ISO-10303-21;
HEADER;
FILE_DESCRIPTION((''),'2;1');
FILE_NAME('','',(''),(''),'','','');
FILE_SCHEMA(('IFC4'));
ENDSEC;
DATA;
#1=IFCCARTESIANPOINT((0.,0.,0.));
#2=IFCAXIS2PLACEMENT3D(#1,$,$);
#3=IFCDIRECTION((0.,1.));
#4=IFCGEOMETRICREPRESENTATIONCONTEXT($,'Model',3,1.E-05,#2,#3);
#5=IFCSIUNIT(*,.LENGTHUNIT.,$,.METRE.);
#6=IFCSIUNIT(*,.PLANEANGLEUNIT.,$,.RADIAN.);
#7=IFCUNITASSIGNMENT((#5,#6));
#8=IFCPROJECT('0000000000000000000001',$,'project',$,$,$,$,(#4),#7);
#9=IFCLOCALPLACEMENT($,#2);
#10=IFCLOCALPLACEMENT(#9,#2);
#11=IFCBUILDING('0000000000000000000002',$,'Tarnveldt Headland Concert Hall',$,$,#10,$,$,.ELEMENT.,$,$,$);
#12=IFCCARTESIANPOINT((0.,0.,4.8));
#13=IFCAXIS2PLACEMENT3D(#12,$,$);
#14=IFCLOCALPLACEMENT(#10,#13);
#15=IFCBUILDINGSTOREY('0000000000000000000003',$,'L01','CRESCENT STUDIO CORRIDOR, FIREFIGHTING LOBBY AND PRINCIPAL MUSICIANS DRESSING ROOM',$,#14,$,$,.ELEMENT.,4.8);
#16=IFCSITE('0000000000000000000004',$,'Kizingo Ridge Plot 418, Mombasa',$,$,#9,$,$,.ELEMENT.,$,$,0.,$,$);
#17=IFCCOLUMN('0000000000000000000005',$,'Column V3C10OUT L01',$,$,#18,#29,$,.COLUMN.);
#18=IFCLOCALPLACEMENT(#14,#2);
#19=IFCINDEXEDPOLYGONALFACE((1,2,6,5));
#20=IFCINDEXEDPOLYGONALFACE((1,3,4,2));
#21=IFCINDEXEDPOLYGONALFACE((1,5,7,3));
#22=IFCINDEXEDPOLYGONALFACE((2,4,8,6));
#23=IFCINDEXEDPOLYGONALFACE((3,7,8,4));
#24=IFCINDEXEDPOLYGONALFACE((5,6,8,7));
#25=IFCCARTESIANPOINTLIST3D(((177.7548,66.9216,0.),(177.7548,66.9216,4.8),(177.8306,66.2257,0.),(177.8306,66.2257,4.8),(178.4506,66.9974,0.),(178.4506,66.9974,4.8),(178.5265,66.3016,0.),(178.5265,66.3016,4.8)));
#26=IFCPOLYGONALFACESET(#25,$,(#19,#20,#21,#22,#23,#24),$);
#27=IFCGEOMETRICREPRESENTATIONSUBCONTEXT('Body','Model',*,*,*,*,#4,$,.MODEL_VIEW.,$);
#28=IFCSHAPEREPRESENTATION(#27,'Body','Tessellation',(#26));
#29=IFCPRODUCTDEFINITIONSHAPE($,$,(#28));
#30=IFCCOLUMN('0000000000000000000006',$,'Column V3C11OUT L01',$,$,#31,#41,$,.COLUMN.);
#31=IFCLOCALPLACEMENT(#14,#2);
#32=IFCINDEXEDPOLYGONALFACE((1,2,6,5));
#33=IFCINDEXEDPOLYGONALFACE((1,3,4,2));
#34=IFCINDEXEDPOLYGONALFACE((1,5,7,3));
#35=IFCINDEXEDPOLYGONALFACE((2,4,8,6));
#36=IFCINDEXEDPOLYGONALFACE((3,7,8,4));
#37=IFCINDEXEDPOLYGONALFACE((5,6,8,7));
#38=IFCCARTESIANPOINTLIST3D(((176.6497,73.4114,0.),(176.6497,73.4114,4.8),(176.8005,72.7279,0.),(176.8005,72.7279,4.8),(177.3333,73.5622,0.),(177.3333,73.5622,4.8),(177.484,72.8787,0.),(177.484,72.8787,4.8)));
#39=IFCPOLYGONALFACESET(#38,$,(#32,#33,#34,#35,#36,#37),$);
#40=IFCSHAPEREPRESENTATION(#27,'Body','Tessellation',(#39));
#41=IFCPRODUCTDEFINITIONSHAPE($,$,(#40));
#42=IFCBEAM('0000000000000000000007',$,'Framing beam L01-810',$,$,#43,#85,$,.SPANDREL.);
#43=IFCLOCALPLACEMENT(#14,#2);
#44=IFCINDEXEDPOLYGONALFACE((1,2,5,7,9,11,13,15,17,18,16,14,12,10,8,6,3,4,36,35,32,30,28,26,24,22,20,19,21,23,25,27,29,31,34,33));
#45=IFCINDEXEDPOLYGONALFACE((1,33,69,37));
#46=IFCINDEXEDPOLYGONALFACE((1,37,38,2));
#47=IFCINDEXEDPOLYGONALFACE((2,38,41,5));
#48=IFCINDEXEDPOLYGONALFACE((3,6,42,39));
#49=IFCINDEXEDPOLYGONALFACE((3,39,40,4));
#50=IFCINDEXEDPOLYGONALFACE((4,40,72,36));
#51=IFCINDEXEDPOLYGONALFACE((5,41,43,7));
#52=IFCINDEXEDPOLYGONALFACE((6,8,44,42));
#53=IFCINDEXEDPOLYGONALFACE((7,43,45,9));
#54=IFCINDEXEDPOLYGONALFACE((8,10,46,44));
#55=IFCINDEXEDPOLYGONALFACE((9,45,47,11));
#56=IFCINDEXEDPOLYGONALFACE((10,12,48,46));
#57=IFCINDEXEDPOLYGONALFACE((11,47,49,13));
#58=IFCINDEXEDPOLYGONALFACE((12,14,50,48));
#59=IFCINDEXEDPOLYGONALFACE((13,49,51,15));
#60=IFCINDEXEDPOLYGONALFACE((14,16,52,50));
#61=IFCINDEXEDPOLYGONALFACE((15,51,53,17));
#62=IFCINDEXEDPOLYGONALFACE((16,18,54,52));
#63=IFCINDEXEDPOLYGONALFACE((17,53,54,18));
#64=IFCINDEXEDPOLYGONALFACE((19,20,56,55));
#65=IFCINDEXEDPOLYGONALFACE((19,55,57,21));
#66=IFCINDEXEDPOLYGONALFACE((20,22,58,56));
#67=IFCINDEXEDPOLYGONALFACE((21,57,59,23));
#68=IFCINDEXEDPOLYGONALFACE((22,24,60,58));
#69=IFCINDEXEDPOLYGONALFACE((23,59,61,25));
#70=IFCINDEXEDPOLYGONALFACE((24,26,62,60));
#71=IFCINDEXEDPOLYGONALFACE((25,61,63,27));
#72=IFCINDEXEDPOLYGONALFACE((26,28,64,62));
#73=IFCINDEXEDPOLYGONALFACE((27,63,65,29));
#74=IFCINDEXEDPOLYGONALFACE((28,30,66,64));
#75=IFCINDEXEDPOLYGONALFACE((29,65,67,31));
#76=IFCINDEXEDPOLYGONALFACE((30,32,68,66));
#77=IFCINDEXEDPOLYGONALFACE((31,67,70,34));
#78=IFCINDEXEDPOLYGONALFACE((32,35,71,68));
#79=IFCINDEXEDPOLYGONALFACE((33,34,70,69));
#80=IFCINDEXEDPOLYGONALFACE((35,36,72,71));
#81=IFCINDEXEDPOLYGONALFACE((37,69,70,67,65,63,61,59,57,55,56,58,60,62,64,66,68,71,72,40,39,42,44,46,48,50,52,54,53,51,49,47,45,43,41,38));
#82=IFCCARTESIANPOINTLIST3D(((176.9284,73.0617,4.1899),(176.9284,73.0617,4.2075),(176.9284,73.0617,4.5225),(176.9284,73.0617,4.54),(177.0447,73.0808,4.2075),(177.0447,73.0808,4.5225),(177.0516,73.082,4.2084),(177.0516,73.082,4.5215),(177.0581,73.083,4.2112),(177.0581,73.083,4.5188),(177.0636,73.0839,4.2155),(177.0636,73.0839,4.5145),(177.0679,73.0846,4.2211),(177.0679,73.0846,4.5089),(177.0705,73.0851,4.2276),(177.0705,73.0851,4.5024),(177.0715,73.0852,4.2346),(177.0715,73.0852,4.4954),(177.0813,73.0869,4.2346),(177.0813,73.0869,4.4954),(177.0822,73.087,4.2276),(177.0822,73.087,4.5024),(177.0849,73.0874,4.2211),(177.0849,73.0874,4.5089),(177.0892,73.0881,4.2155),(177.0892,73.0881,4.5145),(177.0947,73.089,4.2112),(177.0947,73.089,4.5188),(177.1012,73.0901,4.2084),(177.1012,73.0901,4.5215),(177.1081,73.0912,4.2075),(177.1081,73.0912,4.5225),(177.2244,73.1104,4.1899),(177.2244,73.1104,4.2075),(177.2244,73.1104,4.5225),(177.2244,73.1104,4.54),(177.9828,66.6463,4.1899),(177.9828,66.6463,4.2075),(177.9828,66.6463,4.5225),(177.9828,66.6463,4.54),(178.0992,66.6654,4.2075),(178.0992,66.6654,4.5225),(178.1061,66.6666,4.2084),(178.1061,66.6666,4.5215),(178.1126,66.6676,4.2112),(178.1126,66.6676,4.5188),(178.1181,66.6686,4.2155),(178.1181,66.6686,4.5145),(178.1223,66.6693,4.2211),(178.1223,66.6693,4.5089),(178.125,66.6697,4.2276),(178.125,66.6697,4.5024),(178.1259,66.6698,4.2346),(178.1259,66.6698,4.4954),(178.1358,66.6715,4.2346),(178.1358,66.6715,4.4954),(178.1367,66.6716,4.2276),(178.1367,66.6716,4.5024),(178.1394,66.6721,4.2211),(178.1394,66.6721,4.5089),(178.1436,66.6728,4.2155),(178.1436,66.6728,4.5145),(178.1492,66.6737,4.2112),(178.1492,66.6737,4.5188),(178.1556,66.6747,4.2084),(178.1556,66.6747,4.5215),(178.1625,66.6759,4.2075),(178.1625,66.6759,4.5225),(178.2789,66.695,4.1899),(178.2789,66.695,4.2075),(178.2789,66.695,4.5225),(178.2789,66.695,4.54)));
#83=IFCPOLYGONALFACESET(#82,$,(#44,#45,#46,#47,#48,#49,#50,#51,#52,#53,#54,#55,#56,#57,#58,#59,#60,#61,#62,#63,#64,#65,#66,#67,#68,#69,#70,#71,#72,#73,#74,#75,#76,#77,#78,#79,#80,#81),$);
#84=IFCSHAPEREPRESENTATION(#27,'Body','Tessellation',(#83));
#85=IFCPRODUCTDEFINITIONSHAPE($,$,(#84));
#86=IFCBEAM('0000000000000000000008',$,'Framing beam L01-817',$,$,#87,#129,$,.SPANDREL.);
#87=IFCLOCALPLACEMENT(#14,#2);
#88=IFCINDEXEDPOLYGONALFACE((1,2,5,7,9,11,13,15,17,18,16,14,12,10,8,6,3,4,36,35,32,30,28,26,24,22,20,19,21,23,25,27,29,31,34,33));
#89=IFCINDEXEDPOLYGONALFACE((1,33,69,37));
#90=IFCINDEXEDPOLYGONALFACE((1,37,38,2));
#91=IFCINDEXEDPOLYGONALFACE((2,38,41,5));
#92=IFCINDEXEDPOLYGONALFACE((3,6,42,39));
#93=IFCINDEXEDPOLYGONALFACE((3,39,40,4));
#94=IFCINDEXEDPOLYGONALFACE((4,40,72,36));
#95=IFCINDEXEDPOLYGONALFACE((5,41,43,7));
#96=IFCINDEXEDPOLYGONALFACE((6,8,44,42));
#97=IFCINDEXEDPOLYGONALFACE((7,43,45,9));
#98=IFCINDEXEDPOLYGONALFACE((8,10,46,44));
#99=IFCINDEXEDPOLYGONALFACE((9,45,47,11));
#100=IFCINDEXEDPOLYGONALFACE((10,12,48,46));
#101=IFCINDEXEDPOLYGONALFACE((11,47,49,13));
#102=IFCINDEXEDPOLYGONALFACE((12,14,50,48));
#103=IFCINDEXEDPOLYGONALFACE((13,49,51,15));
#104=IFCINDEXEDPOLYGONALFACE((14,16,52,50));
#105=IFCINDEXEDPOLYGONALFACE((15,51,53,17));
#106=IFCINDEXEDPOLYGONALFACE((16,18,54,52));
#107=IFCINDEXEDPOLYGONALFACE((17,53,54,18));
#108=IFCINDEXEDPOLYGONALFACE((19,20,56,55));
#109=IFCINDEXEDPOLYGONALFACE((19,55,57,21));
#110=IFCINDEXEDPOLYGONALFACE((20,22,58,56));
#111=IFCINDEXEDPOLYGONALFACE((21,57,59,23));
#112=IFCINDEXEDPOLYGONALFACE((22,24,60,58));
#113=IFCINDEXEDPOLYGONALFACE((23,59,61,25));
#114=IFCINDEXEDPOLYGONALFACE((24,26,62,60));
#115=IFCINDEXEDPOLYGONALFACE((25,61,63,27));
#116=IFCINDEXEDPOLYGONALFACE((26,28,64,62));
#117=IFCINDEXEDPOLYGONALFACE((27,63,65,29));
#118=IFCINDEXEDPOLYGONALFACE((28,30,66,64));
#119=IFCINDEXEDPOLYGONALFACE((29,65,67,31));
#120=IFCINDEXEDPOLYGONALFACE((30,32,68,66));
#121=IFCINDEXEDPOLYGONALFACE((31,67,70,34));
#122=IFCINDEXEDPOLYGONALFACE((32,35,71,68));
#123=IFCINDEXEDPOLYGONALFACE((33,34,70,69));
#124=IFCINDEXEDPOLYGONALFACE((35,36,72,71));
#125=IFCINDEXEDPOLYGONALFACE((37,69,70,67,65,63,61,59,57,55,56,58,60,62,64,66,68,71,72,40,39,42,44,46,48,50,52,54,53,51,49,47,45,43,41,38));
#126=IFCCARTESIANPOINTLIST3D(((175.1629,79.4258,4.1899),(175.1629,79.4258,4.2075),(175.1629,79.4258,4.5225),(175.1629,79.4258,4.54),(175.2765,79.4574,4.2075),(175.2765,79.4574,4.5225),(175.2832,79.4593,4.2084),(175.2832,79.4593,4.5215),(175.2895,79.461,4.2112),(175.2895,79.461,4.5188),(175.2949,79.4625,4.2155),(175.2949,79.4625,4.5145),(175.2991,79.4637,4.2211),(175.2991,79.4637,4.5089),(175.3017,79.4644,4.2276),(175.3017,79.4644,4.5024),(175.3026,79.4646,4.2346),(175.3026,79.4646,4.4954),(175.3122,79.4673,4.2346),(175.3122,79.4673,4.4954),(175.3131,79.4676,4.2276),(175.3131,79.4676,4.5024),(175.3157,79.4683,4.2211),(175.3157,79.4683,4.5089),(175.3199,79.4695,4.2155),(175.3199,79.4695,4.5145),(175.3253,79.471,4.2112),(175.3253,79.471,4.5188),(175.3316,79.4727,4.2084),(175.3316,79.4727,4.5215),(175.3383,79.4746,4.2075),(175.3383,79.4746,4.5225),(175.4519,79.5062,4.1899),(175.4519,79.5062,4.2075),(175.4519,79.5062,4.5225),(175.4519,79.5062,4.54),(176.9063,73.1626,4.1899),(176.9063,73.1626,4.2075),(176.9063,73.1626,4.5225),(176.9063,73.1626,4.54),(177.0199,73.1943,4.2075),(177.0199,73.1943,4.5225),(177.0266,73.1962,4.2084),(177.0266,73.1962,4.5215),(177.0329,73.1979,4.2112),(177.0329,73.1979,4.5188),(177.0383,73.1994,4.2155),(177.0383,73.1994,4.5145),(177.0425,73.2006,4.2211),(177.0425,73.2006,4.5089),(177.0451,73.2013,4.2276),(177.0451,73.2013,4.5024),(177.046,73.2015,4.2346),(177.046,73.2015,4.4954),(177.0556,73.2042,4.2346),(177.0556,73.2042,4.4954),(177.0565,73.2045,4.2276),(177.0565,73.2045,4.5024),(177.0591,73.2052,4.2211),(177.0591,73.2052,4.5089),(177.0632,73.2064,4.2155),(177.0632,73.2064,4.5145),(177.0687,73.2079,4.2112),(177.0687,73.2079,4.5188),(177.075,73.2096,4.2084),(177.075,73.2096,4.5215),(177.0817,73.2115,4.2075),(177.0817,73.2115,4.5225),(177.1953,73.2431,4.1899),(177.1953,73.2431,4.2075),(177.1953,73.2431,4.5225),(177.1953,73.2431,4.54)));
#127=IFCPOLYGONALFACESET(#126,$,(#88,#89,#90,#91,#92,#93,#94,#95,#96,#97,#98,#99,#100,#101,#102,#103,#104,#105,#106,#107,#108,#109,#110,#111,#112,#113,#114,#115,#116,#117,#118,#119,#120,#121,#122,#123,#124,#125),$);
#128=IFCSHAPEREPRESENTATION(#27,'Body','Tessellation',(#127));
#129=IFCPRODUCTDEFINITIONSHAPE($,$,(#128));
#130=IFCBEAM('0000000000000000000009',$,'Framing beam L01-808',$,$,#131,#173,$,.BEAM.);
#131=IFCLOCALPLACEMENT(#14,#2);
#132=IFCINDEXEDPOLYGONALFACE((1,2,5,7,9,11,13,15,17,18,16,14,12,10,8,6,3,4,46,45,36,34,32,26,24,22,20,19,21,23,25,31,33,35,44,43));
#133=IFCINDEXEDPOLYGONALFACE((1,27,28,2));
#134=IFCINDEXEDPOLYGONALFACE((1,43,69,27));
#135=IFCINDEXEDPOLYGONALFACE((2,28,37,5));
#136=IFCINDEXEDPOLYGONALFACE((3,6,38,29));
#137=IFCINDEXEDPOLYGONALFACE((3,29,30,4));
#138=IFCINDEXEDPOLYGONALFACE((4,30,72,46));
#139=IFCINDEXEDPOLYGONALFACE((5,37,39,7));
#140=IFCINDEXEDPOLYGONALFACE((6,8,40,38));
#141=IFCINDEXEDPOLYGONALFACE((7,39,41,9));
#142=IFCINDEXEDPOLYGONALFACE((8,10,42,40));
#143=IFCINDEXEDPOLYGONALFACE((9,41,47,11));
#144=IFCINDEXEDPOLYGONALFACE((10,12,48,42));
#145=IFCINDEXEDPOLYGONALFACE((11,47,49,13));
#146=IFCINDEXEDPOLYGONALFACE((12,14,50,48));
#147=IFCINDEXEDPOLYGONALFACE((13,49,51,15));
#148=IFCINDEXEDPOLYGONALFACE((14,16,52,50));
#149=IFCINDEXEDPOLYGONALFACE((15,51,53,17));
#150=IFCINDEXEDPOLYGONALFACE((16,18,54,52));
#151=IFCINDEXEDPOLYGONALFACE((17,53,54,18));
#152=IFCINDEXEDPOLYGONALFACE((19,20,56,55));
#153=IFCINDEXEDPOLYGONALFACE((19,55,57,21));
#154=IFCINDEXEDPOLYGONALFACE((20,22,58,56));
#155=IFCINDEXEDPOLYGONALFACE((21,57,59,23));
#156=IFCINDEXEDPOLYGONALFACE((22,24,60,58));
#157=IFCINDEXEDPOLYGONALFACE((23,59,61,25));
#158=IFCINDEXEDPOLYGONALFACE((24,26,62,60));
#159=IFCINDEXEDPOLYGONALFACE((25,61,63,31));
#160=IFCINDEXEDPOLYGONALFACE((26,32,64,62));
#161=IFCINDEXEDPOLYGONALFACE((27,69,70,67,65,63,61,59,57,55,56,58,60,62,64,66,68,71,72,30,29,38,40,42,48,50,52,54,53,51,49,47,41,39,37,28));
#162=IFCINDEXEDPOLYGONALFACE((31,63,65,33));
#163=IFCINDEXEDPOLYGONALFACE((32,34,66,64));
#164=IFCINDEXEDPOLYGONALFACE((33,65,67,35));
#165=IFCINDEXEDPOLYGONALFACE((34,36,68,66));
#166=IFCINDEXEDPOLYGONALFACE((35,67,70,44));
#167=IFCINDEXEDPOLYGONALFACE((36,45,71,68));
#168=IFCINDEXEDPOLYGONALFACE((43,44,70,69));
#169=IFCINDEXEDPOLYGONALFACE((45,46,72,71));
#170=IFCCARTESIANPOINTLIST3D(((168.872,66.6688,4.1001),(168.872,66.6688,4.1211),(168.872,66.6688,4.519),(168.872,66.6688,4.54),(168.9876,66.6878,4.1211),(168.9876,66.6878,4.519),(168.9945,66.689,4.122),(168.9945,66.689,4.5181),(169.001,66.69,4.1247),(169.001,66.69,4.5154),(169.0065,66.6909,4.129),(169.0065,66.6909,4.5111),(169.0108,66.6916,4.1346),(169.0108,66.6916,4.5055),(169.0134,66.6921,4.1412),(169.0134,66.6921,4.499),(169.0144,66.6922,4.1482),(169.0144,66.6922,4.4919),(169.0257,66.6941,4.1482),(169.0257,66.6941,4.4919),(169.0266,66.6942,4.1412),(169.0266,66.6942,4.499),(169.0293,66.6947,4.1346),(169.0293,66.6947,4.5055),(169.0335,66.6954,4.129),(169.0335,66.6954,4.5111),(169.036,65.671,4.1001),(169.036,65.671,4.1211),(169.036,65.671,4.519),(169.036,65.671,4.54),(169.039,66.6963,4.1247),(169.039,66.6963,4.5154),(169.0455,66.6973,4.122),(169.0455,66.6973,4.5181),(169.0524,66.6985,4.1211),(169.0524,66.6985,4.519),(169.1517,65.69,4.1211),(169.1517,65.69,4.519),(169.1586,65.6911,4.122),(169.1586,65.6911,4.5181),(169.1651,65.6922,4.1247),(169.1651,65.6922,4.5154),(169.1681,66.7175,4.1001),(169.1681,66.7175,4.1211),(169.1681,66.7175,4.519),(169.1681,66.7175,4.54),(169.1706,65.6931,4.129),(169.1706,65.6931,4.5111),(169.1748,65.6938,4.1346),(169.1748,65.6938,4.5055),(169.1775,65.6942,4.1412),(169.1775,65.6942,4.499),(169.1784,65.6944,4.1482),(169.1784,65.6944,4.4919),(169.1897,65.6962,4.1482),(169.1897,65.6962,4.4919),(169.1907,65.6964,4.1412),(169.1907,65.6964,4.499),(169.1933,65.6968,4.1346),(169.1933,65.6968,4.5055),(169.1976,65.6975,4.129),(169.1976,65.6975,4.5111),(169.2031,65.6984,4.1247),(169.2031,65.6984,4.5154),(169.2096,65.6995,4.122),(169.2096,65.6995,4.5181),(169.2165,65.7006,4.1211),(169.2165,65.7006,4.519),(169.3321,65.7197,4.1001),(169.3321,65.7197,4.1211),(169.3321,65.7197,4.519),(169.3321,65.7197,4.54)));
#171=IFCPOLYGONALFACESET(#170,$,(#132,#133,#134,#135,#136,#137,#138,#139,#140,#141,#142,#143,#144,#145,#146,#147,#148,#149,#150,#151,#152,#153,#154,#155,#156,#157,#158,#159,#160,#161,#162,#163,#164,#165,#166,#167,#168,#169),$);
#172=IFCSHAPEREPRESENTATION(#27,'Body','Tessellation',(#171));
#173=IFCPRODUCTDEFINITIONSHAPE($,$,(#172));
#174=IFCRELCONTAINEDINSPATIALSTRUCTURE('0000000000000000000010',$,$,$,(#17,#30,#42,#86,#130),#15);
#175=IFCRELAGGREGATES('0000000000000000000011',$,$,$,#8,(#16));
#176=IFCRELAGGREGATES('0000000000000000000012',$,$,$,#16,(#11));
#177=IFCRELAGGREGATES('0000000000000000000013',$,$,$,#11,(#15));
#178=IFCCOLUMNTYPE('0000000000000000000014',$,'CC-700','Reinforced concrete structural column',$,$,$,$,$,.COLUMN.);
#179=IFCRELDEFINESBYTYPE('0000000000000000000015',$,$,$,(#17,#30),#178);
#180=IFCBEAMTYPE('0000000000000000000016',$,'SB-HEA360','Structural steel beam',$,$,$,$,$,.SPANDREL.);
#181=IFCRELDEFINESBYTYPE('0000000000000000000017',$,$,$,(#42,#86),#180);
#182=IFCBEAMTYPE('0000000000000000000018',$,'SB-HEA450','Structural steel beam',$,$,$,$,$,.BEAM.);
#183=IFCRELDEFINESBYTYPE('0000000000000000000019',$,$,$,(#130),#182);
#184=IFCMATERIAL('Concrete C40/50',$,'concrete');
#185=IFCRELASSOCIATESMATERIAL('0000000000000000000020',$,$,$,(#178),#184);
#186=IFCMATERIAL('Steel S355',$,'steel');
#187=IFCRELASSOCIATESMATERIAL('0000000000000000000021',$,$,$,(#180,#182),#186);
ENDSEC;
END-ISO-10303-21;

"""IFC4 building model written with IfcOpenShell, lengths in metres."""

from ifc_helpers import new_model, si_unit, direction, frame, origin, origin_2d, place, context, subcontext, project, spatial, rectangle, i_section, extrude, material, material_profile, profile_set, type_object, element, save


model = new_model("IFC4")

# Units and contexts
model_context = context("Model", 3, precision=1e-05, world=origin(), true_north=direction((0.0, 1.0)))
body_context = subcontext(model_context, "Body", "Model", "MODEL_VIEW")
ifc_project = project(units=[si_unit("LENGTHUNIT", "METRE"), si_unit("PLANEANGLEUNIT", "RADIAN")], contexts=[model_context])

# Site, building, storey
site_placement = place(None, origin())
site = spatial("IfcSite", under=ifc_project, at=site_placement, Name="Kizingo Ridge Plot 418, Mombasa", CompositionType="ELEMENT", RefElevation=0.0)
building_placement = place(site_placement, origin())
building = spatial("IfcBuilding", under=site, at=building_placement, Name="Tarnveldt Headland Concert Hall", CompositionType="ELEMENT")
storey_placement = place(building_placement, frame((0.0, 0.0, 4.8)))
storey = spatial("IfcBuildingStorey", under=building, at=storey_placement, Name="L01", Description="CRESCENT STUDIO CORRIDOR, FIREFIGHTING LOBBY AND PRINCIPAL MUSICIANS DRESSING ROOM", CompositionType="ELEMENT", Elevation=4.8)

# Columns
ifc_material_1 = material(Name="Concrete C40/50", Category="concrete")
ifc_material_profile_1 = material_profile(ifc_material_1, rectangle(XDim=0.7, YDim=0.7, at=origin_2d()), Name="RC 700x700", Category="concrete")
ifc_profile_set_1 = profile_set([ifc_material_profile_1], Name="Concrete C40/50")
column_type = type_object("IfcColumnType", Name="CC-700", Description="Reinforced concrete structural column", PredefinedType="COLUMN", material=ifc_profile_set_1)
for number, where, z_axis, x_axis, name in (
    (1, (178.1406, 66.6116, 0.0), (0.0, 0.0, 1.0), (0.994113, 0.108346, 0.0), "Column V3C10OUT L01"),
    (2, (177.0669, 73.145, 0.0), (0.0, 0.0, 1.0), (0.976522, 0.215417, 0.0), "Column V3C11OUT L01"),
):
    element("IfcColumn", number, at=place(storey_placement, frame(where, z_axis=z_axis, x_axis=x_axis)), inside=storey, type_object=column_type, Name=name, PredefinedType="COLUMN", context=body_context, shape_type="SweptSolid", body=[
        extrude(rectangle(XDim=0.7, YDim=0.7, at=origin_2d()), origin(), (0.0, 0.0, 1.0), 4.8),
    ])

# Beams
ifc_material_2 = material(Name="Steel S355", Category="steel")
ifc_material_profile_2 = material_profile(ifc_material_2, i_section(OverallWidth=0.3, OverallDepth=0.3501, WebThickness=0.01, FlangeThickness=0.0176, FilletRadius=0.0271, at=origin_2d()), Name="HEA360", Category="steel")
ifc_profile_set_2 = profile_set([ifc_material_profile_2], Name="Steel S355")
beam_type_1 = type_object("IfcBeamType", Name="SB-HEA360", Description="Structural steel beam", PredefinedType="SPANDREL", material=ifc_profile_set_2)
beam_1_placement = place(storey_placement, frame((178.1309, 66.6707, 4.365), z_axis=(-0.162188, 0.98676, 0.0), x_axis=(-0.98676, -0.162188, 0.0)))
element("IfcBeam", 3, at=beam_1_placement, inside=storey, type_object=beam_type_1, Name="Framing beam L01-810", PredefinedType="SPANDREL", context=body_context, shape_type="SweptSolid", body=[
    extrude(i_section(OverallWidth=0.3, OverallDepth=0.3501, WebThickness=0.01, FlangeThickness=0.0176, FilletRadius=0.0271, at=origin_2d()), origin(), (0.0, 0.0, 1.0), 6.5015),
])
beam_2_placement = place(storey_placement, frame((177.0508, 73.2029, 4.365), z_axis=(-0.268163, 0.963374, 0.0), x_axis=(-0.963374, -0.268163, 0.0)))
element("IfcBeam", 4, at=beam_2_placement, inside=storey, type_object=beam_type_1, Name="Framing beam L01-817", PredefinedType="SPANDREL", context=body_context, shape_type="SweptSolid", body=[
    extrude(i_section(OverallWidth=0.3, OverallDepth=0.3501, WebThickness=0.01, FlangeThickness=0.0176, FilletRadius=0.0271, at=origin_2d()), origin(), (0.0, 0.0, 1.0), 6.5012),
])
ifc_material_profile_3 = material_profile(ifc_material_2, i_section(OverallWidth=0.3, OverallDepth=0.4399, WebThickness=0.0115, FlangeThickness=0.021, FilletRadius=0.0271, at=origin_2d()), Name="HEA450", Category="steel")
ifc_profile_set_3 = profile_set([ifc_material_profile_3], Name="Steel S355")
beam_type_2 = type_object("IfcBeamType", Name="SB-HEA450", Description="Structural steel beam", PredefinedType="BEAM", material=ifc_profile_set_3)
beam_3_placement = place(storey_placement, frame((169.1841, 65.6953, 4.3201), z_axis=(-0.162245, 0.98675, 0.0), x_axis=(-0.98675, -0.162245, 0.0)))
element("IfcBeam", 5, at=beam_3_placement, inside=storey, type_object=beam_type_2, Name="Framing beam L01-808", PredefinedType="BEAM", context=body_context, shape_type="SweptSolid", body=[
    extrude(i_section(OverallWidth=0.3, OverallDepth=0.4399, WebThickness=0.0115, FlangeThickness=0.021, FilletRadius=0.0271, at=origin_2d()), origin(), (0.0, 0.0, 1.0), 1.0112),
])

save(model, "model.ifc")
